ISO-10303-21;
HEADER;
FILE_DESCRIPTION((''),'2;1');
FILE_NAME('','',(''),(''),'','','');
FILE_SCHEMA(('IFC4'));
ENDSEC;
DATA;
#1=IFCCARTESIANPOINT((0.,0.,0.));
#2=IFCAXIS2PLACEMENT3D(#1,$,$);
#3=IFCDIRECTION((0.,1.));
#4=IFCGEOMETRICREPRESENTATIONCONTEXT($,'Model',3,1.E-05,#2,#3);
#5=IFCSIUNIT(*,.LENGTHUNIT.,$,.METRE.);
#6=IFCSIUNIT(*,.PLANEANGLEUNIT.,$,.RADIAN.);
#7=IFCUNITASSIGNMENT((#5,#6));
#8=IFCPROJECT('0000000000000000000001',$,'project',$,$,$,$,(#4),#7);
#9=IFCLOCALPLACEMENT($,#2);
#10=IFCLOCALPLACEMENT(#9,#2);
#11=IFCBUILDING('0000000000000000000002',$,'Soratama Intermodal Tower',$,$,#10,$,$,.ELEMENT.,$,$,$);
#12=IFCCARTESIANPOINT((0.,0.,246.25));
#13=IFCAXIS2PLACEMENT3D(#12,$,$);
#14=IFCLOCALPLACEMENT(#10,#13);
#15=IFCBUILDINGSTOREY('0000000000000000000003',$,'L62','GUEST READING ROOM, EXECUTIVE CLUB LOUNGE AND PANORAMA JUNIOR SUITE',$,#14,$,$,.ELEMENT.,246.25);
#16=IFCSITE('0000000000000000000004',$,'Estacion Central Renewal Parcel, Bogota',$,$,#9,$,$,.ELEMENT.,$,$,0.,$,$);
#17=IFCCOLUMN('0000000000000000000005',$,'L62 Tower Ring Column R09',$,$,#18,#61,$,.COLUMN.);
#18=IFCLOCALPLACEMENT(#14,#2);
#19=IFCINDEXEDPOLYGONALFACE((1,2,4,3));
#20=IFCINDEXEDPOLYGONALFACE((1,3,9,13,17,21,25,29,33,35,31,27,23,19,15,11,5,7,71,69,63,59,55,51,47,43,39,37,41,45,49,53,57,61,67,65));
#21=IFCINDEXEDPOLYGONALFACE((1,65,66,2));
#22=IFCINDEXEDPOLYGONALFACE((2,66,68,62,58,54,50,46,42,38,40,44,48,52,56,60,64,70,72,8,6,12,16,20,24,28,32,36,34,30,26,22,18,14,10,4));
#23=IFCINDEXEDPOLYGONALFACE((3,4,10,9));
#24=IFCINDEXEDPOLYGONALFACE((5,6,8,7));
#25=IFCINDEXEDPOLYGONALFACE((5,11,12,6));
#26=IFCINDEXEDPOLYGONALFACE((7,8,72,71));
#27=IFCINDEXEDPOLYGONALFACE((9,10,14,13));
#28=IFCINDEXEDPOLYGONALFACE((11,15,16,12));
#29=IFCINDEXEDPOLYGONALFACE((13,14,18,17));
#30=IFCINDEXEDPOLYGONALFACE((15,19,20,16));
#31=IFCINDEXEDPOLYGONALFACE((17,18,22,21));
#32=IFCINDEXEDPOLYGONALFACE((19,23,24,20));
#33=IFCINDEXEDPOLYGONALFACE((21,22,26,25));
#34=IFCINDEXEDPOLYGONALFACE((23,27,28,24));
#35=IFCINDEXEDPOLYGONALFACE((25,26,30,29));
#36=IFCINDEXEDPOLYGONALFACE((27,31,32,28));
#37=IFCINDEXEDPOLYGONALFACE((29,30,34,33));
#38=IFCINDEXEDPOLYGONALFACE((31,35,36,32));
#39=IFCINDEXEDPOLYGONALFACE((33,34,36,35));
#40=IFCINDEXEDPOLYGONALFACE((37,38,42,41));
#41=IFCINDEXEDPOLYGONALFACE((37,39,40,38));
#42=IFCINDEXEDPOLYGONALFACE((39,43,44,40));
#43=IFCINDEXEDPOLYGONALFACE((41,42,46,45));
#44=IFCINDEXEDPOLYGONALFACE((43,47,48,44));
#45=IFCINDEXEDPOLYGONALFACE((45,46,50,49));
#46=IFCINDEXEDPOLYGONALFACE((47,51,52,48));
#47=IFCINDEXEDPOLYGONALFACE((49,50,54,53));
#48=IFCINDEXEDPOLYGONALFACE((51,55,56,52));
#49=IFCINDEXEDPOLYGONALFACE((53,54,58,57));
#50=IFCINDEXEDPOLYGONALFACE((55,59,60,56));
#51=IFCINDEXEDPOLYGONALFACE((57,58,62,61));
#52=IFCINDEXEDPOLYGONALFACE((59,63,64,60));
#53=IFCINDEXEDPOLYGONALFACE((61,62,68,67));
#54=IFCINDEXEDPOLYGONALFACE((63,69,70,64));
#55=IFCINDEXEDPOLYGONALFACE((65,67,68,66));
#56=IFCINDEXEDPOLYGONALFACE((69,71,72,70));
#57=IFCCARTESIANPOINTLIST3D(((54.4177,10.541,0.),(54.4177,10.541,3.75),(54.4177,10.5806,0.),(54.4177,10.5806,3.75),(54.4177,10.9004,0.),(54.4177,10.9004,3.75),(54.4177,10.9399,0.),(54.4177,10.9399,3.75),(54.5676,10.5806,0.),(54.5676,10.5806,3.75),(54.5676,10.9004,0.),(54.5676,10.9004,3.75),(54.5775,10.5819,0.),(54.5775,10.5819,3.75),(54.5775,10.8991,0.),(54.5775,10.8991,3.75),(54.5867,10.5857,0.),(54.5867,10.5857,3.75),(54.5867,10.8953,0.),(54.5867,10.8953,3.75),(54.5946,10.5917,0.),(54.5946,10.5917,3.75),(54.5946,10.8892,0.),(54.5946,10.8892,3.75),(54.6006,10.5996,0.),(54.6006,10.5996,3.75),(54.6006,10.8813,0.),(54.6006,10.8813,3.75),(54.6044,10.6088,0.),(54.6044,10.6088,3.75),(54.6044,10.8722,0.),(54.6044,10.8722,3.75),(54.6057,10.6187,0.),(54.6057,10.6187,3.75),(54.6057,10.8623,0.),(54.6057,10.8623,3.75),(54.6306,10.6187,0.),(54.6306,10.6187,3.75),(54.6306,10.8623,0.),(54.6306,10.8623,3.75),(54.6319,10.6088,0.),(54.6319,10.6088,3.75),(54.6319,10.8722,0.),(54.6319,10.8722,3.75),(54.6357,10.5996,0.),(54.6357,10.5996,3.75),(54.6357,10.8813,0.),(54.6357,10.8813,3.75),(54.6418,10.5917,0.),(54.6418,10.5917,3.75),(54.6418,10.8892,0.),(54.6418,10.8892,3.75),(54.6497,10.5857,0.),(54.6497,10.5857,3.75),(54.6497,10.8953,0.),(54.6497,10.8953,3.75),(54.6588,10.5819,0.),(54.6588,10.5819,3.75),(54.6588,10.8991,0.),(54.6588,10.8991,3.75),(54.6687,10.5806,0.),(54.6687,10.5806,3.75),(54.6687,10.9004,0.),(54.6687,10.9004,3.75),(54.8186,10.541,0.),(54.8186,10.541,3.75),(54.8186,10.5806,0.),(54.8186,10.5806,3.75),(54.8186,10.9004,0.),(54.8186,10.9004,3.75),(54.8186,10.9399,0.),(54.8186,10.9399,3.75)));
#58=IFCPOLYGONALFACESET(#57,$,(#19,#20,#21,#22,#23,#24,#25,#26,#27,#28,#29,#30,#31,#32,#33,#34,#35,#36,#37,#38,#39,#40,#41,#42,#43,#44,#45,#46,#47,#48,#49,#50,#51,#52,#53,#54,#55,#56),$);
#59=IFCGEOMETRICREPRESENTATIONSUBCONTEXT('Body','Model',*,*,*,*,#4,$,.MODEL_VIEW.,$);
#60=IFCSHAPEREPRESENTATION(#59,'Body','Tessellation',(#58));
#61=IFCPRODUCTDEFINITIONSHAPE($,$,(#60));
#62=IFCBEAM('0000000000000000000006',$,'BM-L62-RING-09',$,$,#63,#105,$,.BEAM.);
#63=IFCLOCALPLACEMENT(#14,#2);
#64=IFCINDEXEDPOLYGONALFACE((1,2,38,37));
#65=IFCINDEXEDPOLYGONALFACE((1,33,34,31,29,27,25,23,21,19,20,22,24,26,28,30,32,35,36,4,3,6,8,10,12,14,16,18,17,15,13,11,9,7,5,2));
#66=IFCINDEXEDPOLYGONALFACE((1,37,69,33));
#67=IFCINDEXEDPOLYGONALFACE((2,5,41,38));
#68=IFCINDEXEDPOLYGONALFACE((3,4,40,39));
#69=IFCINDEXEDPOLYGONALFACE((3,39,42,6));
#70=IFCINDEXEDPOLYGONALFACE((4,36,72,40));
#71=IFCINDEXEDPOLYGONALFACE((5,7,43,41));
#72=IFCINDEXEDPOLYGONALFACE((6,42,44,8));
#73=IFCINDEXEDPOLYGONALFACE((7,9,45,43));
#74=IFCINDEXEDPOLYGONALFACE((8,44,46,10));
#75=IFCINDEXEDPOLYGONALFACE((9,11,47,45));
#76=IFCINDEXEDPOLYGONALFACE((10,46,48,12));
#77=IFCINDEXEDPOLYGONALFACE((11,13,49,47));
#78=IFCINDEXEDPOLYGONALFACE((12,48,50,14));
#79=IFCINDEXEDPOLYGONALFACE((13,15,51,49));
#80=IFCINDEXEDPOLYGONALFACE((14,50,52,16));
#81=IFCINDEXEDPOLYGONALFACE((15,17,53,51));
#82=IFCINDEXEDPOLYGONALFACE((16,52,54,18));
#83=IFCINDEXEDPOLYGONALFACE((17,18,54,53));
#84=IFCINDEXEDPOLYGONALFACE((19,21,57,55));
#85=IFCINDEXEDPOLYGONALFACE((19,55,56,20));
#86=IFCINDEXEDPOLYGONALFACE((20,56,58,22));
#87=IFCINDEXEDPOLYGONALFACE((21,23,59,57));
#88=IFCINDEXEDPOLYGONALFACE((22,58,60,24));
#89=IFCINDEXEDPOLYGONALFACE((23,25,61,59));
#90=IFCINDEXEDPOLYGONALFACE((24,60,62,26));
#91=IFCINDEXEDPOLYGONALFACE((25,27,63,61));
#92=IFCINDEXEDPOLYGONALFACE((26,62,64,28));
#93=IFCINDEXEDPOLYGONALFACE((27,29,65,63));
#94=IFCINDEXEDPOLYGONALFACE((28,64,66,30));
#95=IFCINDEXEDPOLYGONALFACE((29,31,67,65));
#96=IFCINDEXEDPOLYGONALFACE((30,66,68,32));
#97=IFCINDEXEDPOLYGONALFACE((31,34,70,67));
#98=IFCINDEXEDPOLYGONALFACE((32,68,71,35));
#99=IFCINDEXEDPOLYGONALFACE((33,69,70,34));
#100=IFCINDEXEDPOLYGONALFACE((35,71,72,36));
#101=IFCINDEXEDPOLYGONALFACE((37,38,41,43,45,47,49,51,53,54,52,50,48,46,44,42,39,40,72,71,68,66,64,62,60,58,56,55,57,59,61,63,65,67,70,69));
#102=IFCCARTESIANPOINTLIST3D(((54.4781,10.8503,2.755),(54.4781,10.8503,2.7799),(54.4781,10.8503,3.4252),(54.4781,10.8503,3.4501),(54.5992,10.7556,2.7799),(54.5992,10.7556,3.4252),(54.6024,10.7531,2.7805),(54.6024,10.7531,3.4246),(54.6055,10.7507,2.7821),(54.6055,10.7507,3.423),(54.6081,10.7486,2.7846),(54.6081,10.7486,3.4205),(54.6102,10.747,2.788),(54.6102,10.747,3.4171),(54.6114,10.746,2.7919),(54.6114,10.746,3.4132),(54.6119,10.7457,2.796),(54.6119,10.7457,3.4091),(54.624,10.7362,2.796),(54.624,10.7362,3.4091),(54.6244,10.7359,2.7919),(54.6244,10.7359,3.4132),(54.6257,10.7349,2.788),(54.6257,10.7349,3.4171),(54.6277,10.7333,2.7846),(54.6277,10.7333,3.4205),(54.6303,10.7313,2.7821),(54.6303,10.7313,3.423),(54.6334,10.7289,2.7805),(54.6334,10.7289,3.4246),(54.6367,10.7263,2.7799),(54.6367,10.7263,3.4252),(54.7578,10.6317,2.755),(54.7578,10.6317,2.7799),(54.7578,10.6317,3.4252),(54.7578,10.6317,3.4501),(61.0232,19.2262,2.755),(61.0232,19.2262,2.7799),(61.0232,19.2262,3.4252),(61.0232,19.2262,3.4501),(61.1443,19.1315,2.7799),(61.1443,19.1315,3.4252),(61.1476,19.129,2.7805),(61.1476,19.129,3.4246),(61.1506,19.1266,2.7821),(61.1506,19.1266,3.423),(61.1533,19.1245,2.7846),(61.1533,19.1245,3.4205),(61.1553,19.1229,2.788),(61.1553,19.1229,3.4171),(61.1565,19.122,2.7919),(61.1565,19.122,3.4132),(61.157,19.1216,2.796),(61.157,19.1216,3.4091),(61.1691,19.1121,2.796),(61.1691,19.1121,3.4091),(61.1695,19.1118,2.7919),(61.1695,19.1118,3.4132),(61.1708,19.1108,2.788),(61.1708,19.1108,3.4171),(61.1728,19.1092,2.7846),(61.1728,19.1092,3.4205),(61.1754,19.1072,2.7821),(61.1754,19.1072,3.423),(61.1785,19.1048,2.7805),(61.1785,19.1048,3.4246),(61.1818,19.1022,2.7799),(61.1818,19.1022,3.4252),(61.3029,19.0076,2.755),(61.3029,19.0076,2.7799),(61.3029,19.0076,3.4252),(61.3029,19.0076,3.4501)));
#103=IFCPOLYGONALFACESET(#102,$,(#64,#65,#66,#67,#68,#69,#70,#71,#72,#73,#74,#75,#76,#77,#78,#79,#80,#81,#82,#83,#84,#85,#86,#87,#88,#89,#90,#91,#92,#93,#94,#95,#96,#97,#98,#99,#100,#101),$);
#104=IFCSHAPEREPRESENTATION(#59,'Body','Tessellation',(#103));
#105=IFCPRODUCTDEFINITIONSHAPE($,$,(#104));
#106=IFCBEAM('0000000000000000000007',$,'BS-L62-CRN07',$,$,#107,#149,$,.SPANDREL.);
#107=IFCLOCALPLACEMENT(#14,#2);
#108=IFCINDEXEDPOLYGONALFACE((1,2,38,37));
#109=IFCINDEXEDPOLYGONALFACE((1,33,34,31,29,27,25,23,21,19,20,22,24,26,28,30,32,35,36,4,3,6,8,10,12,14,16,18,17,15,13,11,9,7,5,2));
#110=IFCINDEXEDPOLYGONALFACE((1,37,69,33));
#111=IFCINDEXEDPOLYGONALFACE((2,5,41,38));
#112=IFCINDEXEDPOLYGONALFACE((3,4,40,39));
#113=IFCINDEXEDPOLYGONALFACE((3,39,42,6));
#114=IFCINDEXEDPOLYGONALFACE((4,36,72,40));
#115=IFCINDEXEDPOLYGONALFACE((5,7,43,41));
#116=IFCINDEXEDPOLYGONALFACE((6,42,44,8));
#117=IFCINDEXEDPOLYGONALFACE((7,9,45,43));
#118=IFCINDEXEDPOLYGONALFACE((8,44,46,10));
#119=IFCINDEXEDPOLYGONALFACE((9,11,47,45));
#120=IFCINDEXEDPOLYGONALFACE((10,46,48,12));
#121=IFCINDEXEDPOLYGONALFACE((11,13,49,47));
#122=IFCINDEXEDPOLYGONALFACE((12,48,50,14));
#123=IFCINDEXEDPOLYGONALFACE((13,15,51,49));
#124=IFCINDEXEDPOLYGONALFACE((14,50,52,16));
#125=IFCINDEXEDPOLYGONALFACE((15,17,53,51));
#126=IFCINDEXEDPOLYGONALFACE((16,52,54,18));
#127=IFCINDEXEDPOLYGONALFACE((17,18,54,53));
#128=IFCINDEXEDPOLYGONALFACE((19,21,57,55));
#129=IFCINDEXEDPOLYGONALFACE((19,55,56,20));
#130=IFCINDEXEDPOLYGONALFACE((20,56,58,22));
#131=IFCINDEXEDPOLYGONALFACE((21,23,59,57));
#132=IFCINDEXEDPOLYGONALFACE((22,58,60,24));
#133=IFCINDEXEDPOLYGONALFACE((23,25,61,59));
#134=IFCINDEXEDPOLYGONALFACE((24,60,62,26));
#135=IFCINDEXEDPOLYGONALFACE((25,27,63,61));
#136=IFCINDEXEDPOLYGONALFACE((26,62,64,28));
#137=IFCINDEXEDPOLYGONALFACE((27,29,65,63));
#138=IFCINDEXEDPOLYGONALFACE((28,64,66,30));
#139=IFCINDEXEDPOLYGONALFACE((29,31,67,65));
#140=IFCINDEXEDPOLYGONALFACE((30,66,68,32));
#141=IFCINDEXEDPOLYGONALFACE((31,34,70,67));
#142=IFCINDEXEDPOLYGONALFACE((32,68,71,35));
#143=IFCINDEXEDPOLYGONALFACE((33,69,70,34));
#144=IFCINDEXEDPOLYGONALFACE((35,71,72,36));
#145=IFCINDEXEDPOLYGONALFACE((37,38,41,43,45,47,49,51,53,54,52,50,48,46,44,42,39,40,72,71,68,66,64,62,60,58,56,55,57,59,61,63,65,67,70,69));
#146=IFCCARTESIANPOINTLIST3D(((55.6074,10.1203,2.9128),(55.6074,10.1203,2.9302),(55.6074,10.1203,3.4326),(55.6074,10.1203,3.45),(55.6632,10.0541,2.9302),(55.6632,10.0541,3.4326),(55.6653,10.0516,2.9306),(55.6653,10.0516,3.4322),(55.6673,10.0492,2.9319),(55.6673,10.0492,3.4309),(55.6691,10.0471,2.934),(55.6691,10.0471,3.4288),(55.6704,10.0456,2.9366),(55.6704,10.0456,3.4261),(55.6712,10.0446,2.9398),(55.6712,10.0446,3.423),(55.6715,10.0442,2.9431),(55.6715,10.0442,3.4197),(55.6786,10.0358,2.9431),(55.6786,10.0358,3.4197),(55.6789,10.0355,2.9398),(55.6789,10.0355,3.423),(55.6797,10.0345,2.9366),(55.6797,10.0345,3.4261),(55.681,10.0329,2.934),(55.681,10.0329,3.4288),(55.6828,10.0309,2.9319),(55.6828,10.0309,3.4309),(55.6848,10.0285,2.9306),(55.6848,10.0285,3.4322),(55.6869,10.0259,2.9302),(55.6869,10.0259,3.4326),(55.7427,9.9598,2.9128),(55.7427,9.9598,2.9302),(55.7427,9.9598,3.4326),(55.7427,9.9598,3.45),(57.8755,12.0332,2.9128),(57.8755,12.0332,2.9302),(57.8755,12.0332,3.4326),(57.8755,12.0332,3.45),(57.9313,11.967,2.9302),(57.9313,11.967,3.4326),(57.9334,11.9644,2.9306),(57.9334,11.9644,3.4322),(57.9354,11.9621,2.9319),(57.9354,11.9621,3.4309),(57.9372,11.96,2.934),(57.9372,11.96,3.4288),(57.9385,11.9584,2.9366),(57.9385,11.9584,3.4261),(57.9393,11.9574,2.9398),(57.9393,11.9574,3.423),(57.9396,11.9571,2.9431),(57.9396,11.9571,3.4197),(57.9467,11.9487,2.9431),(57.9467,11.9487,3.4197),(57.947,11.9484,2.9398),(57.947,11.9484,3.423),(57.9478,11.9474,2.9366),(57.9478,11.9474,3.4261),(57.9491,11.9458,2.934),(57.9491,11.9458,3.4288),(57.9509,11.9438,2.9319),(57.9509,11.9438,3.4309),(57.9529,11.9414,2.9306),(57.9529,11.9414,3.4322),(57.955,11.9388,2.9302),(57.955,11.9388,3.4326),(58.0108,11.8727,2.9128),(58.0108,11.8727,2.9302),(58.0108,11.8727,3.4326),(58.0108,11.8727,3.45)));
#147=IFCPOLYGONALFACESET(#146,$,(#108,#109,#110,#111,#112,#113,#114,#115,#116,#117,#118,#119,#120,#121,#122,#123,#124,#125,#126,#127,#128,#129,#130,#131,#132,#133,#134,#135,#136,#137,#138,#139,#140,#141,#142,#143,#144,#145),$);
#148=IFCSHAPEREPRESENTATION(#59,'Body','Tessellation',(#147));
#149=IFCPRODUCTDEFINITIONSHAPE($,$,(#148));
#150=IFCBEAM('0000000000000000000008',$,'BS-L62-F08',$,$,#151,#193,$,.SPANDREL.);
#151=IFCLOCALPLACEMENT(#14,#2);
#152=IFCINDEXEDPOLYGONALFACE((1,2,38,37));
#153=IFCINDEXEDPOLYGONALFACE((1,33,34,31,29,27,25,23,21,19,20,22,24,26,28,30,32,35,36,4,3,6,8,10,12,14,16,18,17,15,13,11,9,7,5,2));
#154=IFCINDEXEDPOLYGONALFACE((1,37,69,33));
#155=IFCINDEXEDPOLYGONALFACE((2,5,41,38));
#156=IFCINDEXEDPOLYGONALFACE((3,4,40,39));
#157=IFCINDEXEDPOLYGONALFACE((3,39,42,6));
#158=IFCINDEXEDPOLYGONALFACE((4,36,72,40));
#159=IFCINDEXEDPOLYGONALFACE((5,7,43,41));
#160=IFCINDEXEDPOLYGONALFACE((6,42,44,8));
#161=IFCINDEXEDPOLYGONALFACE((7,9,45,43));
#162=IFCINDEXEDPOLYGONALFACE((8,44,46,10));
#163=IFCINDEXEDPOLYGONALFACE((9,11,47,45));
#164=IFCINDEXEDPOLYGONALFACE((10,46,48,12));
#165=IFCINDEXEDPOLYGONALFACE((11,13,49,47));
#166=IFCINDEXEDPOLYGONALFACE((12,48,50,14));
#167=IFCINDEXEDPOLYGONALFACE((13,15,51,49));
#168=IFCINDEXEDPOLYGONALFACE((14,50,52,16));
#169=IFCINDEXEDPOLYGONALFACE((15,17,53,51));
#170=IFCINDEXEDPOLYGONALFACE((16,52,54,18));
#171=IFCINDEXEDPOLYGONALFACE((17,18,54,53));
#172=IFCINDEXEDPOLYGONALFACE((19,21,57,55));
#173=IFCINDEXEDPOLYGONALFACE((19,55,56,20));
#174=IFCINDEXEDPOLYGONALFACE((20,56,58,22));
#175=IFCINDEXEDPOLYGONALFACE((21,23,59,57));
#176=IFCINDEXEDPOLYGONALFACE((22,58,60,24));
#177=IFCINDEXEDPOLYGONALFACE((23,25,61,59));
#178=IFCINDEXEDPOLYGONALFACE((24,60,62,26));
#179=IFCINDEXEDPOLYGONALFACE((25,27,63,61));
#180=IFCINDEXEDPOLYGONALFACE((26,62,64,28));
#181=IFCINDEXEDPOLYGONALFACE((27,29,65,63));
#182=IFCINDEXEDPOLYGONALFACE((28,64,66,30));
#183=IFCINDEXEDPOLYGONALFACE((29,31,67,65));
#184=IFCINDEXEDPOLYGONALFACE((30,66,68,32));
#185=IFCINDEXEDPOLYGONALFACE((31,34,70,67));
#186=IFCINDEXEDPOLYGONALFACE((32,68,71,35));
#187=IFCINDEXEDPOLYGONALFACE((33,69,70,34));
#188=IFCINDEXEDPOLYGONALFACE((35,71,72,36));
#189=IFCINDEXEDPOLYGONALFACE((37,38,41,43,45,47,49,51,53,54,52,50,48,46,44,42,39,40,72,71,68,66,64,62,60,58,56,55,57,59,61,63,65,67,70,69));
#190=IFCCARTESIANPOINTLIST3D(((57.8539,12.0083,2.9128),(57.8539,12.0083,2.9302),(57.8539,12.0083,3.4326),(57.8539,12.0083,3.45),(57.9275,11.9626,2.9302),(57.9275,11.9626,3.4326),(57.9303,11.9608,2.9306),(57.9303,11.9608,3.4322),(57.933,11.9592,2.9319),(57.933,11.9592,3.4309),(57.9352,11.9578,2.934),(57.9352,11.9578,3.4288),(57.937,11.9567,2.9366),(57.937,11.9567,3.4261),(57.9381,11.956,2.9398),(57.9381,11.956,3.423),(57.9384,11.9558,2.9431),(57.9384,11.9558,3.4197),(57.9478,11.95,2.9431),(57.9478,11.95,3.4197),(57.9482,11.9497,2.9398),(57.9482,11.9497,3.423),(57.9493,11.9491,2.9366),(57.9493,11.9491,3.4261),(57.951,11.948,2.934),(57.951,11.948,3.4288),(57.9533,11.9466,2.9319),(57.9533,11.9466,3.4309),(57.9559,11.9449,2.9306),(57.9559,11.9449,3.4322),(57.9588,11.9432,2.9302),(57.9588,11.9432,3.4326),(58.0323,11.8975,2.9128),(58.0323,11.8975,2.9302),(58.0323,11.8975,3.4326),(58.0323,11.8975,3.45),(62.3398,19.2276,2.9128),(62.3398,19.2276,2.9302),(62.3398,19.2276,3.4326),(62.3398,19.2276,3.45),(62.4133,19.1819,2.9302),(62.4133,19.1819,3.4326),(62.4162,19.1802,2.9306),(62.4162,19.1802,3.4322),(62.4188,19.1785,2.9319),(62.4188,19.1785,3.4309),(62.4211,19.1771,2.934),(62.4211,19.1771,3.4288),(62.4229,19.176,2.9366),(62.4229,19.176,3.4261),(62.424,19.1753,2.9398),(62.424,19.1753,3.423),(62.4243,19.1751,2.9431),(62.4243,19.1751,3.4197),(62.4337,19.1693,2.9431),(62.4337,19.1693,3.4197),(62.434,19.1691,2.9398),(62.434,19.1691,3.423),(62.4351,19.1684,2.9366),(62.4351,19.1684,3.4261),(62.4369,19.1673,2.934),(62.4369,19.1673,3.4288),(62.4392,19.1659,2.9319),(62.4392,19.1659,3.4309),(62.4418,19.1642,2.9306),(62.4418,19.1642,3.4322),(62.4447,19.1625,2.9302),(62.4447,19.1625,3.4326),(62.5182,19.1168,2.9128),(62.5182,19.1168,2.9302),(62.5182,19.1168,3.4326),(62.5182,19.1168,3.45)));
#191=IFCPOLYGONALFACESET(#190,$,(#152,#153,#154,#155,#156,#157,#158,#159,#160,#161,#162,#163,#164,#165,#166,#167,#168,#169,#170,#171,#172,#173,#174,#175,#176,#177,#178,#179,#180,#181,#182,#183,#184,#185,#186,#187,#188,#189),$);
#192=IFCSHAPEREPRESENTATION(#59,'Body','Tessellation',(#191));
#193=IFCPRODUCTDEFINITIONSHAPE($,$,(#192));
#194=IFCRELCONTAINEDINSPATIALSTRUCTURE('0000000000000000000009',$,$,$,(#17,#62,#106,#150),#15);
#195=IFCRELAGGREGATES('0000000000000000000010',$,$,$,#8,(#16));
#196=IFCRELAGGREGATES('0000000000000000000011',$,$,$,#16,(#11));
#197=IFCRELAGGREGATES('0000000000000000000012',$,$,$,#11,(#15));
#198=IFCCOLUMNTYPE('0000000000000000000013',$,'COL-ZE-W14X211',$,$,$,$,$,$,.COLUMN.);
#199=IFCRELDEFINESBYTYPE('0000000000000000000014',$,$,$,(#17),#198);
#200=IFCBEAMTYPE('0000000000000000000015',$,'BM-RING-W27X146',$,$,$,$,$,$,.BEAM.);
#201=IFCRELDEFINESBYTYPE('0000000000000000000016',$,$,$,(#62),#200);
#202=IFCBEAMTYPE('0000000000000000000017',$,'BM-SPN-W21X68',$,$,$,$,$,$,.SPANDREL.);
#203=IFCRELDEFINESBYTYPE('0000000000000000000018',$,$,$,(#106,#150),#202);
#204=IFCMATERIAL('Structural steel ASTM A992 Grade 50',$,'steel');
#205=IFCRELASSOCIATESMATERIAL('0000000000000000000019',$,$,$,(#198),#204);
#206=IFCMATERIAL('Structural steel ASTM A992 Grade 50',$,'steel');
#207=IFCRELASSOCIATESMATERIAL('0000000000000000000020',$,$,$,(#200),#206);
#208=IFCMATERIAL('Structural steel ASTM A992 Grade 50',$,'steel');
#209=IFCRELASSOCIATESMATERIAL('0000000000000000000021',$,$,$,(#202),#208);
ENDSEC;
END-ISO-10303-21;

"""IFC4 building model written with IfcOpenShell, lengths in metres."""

from ifc_helpers import new_model, si_unit, direction, frame, origin, origin_2d, place, context, subcontext, project, spatial, i_section, extrude, material, material_profile, profile_set, type_object, element, save


model = new_model("IFC4")

# Units and contexts
model_context = context("Model", 3, precision=1e-05, world=origin(), true_north=direction((0.0, 1.0)))
body_context = subcontext(model_context, "Body", "Model", "MODEL_VIEW")
ifc_project = project(units=[si_unit("LENGTHUNIT", "METRE"), si_unit("PLANEANGLEUNIT", "RADIAN")], contexts=[model_context])

# Site, building, storey
site_placement = place(None, origin())
site = spatial("IfcSite", under=ifc_project, at=site_placement, Name="Estacion Central Renewal Parcel, Bogota", CompositionType="ELEMENT", RefElevation=0.0)
building_placement = place(site_placement, origin())
building = spatial("IfcBuilding", under=site, at=building_placement, Name="Soratama Intermodal Tower", CompositionType="ELEMENT")
storey_placement = place(building_placement, frame((0.0, 0.0, 246.25)))
storey = spatial("IfcBuildingStorey", under=building, at=storey_placement, Name="L62", Description="GUEST READING ROOM, EXECUTIVE CLUB LOUNGE AND PANORAMA JUNIOR SUITE", CompositionType="ELEMENT", Elevation=246.25)

# Column
ifc_material_1 = material(Name="Structural steel ASTM A992 Grade 50", Category="steel")
ifc_material_profile_1 = material_profile(ifc_material_1, i_section(OverallWidth=0.4009, OverallDepth=0.3989, WebThickness=0.0249, FlangeThickness=0.0396, FilletRadius=0.0381, at=origin_2d()), Name="W14X211")
ifc_profile_set_1 = profile_set([ifc_material_profile_1], Name="Structural steel ASTM A992 Grade 50")
column_type = type_object("IfcColumnType", Name="COL-ZE-W14X211", PredefinedType="COLUMN", material=ifc_profile_set_1)
column_placement = place(storey_placement, frame((54.6182, 10.7405, 0.0), z_axis=(0.0, 0.0, 1.0), x_axis=(1.0, 0.0, 0.0)))
element("IfcColumn", 1, at=column_placement, inside=storey, type_object=column_type, Name="L62 Tower Ring Column R09", PredefinedType="COLUMN", context=body_context, shape_type="SweptSolid", body=[
    extrude(i_section(OverallWidth=0.4009, OverallDepth=0.3989, WebThickness=0.0249, FlangeThickness=0.0396, FilletRadius=0.0381, at=origin_2d()), origin(), (0.0, 0.0, 1.0), 3.75),
])

# Beams
ifc_material_2 = material(Name="Structural steel ASTM A992 Grade 50", Category="steel")
ifc_material_profile_2 = material_profile(ifc_material_2, i_section(OverallWidth=0.355, OverallDepth=0.6951, WebThickness=0.0154, FlangeThickness=0.0249, FilletRadius=0.0161, at=origin_2d()), Name="W27X146")
ifc_profile_set_2 = profile_set([ifc_material_profile_2], Name="Structural steel ASTM A992 Grade 50")
beam_type_1 = type_object("IfcBeamType", Name="BM-RING-W27X146", PredefinedType="BEAM", material=ifc_profile_set_2)
beam_1_placement = place(storey_placement, frame((54.6179, 10.741, 3.1025), z_axis=(0.615728, 0.787959, 0.0), x_axis=(-0.787959, 0.615728, 0.0)))
element("IfcBeam", 2, at=beam_1_placement, inside=storey, type_object=beam_type_1, Name="BM-L62-RING-09", PredefinedType="BEAM", context=body_context, shape_type="SweptSolid", body=[
    extrude(i_section(OverallWidth=0.355, OverallDepth=0.6951, WebThickness=0.0154, FlangeThickness=0.0249, FilletRadius=0.0161, at=origin_2d()), origin(), (0.0, 0.0, 1.0), 10.6299),
])
ifc_material_3 = material(Name="Structural steel ASTM A992 Grade 50", Category="steel")
ifc_material_profile_3 = material_profile(ifc_material_3, i_section(OverallWidth=0.21, OverallDepth=0.5371, WebThickness=0.011, FlangeThickness=0.0173, FilletRadius=0.0129, at=origin_2d()), Name="W21X68")
ifc_profile_set_3 = profile_set([ifc_material_profile_3], Name="Structural steel ASTM A992 Grade 50")
beam_type_2 = type_object("IfcBeamType", Name="BM-SPN-W21X68", PredefinedType="SPANDREL", material=ifc_profile_set_3)
beam_2_placement = place(storey_placement, frame((55.675, 10.04, 3.1814), z_axis=(0.764431, 0.644706, 0.0), x_axis=(-0.644706, 0.764431, 0.0)))
element("IfcBeam", 3, at=beam_2_placement, inside=storey, type_object=beam_type_2, Name="BS-L62-CRN07", PredefinedType="SPANDREL", context=body_context, shape_type="SweptSolid", body=[
    extrude(i_section(OverallWidth=0.21, OverallDepth=0.5371, WebThickness=0.011, FlangeThickness=0.0173, FilletRadius=0.0129, at=origin_2d()), origin(), (0.0, 0.0, 1.0), 2.967),
])
beam_3_placement = place(storey_placement, frame((57.9431, 11.9529, 3.1814), z_axis=(0.527782, 0.84938, 0.0), x_axis=(-0.84938, 0.527782, 0.0)))
element("IfcBeam", 4, at=beam_3_placement, inside=storey, type_object=beam_type_2, Name="BS-L62-F08", PredefinedType="SPANDREL", context=body_context, shape_type="SweptSolid", body=[
    extrude(i_section(OverallWidth=0.21, OverallDepth=0.5371, WebThickness=0.011, FlangeThickness=0.0173, FilletRadius=0.0129, at=origin_2d()), origin(), (0.0, 0.0, 1.0), 8.4995),
])

save(model, "model.ifc")
